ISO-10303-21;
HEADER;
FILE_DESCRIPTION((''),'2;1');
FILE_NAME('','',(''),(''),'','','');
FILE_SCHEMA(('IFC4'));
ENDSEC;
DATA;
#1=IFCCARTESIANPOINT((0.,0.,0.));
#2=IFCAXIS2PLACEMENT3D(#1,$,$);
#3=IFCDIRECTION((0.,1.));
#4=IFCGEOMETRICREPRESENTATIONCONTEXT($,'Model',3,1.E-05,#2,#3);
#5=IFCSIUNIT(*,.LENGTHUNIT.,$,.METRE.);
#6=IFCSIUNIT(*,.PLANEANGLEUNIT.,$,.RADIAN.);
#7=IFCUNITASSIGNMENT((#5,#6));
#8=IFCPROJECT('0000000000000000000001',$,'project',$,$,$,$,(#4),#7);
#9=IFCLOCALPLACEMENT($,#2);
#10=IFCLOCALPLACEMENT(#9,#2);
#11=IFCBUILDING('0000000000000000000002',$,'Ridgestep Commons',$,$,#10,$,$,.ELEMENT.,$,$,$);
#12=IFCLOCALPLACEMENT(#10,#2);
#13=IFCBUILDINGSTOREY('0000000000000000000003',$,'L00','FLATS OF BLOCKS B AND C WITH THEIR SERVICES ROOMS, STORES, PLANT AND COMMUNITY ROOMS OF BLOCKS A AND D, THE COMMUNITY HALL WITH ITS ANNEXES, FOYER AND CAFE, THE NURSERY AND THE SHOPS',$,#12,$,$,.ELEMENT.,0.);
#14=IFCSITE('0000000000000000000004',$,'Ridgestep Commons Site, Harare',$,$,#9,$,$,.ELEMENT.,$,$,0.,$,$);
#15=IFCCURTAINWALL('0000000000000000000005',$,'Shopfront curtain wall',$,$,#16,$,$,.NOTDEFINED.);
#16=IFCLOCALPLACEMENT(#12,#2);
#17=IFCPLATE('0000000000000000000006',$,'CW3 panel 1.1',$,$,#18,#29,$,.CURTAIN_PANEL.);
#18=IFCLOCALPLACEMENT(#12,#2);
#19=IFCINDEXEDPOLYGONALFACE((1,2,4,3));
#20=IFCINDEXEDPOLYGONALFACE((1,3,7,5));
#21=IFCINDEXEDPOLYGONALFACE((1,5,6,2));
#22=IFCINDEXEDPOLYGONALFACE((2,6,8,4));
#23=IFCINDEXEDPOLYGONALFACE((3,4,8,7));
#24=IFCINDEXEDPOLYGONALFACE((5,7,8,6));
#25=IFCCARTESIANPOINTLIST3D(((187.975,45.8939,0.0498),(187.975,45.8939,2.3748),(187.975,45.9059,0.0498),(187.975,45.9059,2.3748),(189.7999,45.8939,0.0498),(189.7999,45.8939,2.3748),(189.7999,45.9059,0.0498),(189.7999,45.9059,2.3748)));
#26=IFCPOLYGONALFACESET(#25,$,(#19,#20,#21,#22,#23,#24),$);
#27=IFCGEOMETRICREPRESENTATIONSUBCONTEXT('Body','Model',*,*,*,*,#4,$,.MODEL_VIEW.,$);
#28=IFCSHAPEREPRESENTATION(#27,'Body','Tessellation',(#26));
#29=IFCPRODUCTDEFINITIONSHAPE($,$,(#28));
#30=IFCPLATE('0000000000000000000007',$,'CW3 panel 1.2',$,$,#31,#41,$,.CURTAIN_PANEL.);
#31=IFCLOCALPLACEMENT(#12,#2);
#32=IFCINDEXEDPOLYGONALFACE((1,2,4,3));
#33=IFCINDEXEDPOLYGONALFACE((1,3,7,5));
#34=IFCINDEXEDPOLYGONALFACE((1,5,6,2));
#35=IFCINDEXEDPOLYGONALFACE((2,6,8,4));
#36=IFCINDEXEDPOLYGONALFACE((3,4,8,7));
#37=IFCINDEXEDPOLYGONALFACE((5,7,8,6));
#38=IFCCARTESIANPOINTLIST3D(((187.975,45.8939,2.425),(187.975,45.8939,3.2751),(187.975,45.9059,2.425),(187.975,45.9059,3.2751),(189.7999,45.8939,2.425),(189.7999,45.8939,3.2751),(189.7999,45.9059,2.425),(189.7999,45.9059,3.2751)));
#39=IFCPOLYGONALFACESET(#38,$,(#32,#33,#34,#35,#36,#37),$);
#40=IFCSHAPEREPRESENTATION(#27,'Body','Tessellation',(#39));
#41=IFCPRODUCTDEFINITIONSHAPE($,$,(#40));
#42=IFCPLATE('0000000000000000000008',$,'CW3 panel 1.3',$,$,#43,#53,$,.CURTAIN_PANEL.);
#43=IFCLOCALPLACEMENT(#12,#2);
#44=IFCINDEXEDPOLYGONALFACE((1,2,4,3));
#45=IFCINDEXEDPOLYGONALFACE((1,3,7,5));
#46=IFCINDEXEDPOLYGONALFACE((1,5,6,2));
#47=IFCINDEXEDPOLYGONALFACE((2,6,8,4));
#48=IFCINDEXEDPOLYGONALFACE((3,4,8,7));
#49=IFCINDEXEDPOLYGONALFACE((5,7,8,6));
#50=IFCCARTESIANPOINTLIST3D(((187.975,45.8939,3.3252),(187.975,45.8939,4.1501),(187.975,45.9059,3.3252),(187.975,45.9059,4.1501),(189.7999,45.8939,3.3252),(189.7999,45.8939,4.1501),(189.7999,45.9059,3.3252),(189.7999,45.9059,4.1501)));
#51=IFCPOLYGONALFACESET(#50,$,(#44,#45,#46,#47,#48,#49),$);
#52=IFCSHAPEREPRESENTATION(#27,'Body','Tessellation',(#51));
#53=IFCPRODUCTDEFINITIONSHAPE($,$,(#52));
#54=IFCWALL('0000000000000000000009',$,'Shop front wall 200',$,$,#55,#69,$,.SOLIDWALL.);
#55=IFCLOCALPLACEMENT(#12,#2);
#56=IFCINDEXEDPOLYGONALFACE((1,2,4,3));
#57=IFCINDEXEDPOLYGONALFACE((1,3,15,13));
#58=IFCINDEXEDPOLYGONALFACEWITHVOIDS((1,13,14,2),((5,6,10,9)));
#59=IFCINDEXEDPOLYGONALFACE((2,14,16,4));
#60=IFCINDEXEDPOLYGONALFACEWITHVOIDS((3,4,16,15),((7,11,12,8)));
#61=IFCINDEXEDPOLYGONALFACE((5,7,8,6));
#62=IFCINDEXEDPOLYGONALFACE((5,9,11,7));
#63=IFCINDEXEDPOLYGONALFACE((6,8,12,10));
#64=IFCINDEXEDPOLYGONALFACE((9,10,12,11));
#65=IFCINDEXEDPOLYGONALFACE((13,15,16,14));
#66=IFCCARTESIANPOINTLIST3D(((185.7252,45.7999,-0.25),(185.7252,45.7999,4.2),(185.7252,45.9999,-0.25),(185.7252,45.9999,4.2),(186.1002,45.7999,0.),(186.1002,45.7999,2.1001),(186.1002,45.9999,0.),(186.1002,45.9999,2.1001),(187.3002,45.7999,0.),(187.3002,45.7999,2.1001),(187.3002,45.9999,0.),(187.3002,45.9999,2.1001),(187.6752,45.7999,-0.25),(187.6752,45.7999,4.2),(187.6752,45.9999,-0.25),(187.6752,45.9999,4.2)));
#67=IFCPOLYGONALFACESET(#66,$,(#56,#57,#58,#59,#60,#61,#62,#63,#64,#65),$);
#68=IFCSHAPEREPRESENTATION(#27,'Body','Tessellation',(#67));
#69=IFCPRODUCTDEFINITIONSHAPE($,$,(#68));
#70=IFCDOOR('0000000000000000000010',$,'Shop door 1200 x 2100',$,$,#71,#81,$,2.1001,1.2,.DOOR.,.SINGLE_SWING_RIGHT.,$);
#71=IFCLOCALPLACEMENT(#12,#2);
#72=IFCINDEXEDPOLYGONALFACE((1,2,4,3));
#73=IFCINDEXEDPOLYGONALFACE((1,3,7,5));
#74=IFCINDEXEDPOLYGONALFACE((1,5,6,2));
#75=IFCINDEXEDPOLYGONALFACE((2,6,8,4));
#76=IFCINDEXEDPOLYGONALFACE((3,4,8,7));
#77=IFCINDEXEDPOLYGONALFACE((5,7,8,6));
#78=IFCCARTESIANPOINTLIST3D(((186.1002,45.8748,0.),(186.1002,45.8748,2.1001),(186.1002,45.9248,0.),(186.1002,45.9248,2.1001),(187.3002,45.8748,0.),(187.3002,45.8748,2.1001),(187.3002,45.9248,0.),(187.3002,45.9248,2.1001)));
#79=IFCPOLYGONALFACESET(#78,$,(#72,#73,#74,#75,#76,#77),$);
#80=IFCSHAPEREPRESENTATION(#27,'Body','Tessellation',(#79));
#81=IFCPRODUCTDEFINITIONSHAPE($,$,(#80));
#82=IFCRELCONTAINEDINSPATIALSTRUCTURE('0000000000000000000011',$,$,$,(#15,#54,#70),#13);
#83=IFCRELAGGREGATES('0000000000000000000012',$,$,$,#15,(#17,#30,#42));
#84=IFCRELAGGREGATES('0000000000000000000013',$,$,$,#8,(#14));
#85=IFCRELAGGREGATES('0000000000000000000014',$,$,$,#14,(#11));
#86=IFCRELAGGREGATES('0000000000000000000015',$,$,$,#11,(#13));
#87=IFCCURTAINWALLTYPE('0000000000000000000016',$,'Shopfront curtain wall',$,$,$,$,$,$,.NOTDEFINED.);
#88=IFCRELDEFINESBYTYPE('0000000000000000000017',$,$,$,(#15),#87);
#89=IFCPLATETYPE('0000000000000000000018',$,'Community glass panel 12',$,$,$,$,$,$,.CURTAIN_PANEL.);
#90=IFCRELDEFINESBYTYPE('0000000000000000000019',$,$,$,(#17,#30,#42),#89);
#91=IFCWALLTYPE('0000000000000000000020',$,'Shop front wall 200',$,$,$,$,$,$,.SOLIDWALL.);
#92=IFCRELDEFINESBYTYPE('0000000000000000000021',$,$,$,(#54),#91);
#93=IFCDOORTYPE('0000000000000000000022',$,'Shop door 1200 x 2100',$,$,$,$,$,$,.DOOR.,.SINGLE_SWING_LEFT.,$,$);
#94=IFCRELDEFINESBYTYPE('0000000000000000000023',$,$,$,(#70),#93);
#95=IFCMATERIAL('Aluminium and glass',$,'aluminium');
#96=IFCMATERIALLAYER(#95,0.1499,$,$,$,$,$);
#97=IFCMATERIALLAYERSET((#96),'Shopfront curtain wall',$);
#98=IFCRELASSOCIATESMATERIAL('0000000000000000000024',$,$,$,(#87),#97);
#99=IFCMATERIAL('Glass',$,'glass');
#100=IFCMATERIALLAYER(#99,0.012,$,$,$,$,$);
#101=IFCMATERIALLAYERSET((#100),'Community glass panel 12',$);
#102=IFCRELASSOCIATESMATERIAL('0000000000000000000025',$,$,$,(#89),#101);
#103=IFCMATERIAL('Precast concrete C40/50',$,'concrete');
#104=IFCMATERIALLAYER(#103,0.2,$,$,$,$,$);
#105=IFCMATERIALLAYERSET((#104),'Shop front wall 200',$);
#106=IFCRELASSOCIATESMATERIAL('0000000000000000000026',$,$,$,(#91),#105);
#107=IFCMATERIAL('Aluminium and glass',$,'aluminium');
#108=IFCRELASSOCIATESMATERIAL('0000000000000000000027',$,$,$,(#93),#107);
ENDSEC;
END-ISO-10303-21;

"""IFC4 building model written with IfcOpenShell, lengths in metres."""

from ifc_helpers import new_model, si_unit, direction, frame, frame_2d, origin, origin_2d, place, context, subcontext, project, spatial, rectangle, extrude, material, layer, layer_set, type_object, element, fill, aggregate, save


model = new_model("IFC4")

# Units and contexts
model_context = context("Model", 3, precision=1e-05, world=origin(), true_north=direction((0.0, 1.0)))
body_context = subcontext(model_context, "Body", "Model", "MODEL_VIEW")
ifc_project = project(units=[si_unit("LENGTHUNIT", "METRE"), si_unit("PLANEANGLEUNIT", "RADIAN")], contexts=[model_context])

# Site, building, storey
site_placement = place(None, origin())
site = spatial("IfcSite", under=ifc_project, at=site_placement, Name="Ridgestep Commons Site, Harare", CompositionType="ELEMENT", RefElevation=0.0)
building_placement = place(site_placement, origin())
building = spatial("IfcBuilding", under=site, at=building_placement, Name="Ridgestep Commons", CompositionType="ELEMENT")
storey_placement = place(building_placement, origin())
storey = spatial("IfcBuildingStorey", under=building, at=storey_placement, Name="L00", Description="FLATS OF BLOCKS B AND C WITH THEIR SERVICES ROOMS, STORES, PLANT AND COMMUNITY ROOMS OF BLOCKS A AND D, THE COMMUNITY HALL WITH ITS ANNEXES, FOYER AND CAFE, THE NURSERY AND THE SHOPS", CompositionType="ELEMENT", Elevation=0.0)

# Shared definitions
ifc_material_1 = material(Name="Aluminium and glass", Category="aluminium")
ifc_layer_1 = layer(ifc_material_1, 0.1499)
ifc_layer_set_1 = layer_set([ifc_layer_1], Name="Shopfront curtain wall")
curtain_wall_type = type_object("IfcCurtainWallType", Name="Shopfront curtain wall", PredefinedType="NOTDEFINED", material=ifc_layer_set_1)

# Curtain wall
curtain_wall_1_placement = place(storey_placement, origin())
curtain_wall_1 = element("IfcCurtainWall", 1, at=curtain_wall_1_placement, inside=storey, type_object=curtain_wall_type, Name="Shopfront curtain wall", PredefinedType="NOTDEFINED")

# Plates
ifc_material_2 = material(Name="Glass", Category="glass")
ifc_layer_2 = layer(ifc_material_2, 0.012)
ifc_layer_set_2 = layer_set([ifc_layer_2], Name="Community glass panel 12")
plate_type = type_object("IfcPlateType", Name="Community glass panel 12", PredefinedType="CURTAIN_PANEL", material=ifc_layer_set_2)
plate_1_placement = place(storey_placement, frame((188.8875, 45.8999, 0.0498), z_axis=(0.0, 0.0, 1.0), x_axis=(1.0, 0.0, 0.0)))
plate_1 = element("IfcPlate", 2, at=plate_1_placement, type_object=plate_type, Name="CW3 panel 1.1", PredefinedType="CURTAIN_PANEL", context=body_context, shape_type="SweptSolid", body=[
    extrude(rectangle(XDim=1.825, YDim=0.012, at=origin_2d()), origin(), (0.0, 0.0, 1.0), 2.325),
])
plate_2_placement = place(storey_placement, frame((188.8875, 45.8999, 2.425), z_axis=(0.0, 0.0, 1.0), x_axis=(1.0, 0.0, 0.0)))
plate_2 = element("IfcPlate", 3, at=plate_2_placement, type_object=plate_type, Name="CW3 panel 1.2", PredefinedType="CURTAIN_PANEL", context=body_context, shape_type="SweptSolid", body=[
    extrude(rectangle(XDim=1.825, YDim=0.012, at=origin_2d()), origin(), (0.0, 0.0, 1.0), 0.8501),
])
plate_3_placement = place(storey_placement, frame((188.8875, 45.8999, 3.3252), z_axis=(0.0, 0.0, 1.0), x_axis=(1.0, 0.0, 0.0)))
plate_3 = element("IfcPlate", 4, at=plate_3_placement, type_object=plate_type, Name="CW3 panel 1.3", PredefinedType="CURTAIN_PANEL", context=body_context, shape_type="SweptSolid", body=[
    extrude(rectangle(XDim=1.825, YDim=0.012, at=origin_2d()), origin(), (0.0, 0.0, 1.0), 0.825),
])
aggregate(curtain_wall_1, [plate_1, plate_2, plate_3])

# Wall, opening, door
ifc_material_3 = material(Name="Precast concrete C40/50", Category="concrete")
ifc_layer_3 = layer(ifc_material_3, 0.2)
ifc_layer_set_3 = layer_set([ifc_layer_3], Name="Shop front wall 200")
wall_type = type_object("IfcWallType", Name="Shop front wall 200", PredefinedType="SOLIDWALL", material=ifc_layer_set_3)
wall_placement = place(storey_placement, frame((185.7251, 45.8999, -0.25), z_axis=(0.0, 0.0, 1.0), x_axis=(1.0, 0.0, 0.0)))
wall = element("IfcWall", 5, at=wall_placement, inside=storey, type_object=wall_type, Name="Shop front wall 200", PredefinedType="SOLIDWALL", context=body_context, shape_type="SweptSolid", body=[
    extrude(rectangle(XDim=1.95, YDim=0.2, at=frame_2d((0.9751, 0.0))), origin(), (0.0, 0.0, 1.0), 4.45),
])
opening_placement = place(wall_placement, frame((0.375, 0.0, 0.25)))
opening = element("IfcOpeningElement", 6, at=opening_placement, cuts=wall, PredefinedType="OPENING", context=body_context, shape_type="SweptSolid", body=[
    extrude(rectangle(XDim=1.2, YDim=2.1001, at=frame_2d((0.6001, 1.05))), frame((0.0, 0.1099, 0.0), z_axis=(0.0, -1.0, 0.0), x_axis=(1.0, 0.0, 0.0)), (0.0, 0.0, 1.0), 0.22),
])
ifc_material_4 = material(Name="Aluminium and glass", Category="aluminium")
door_type = type_object("IfcDoorType", Name="Shop door 1200 x 2100", OperationType="SINGLE_SWING_LEFT", PredefinedType="DOOR", material=ifc_material_4)
door_placement = place(opening_placement, origin())
door = element("IfcDoor", 7, at=door_placement, inside=storey, type_object=door_type, Name="Shop door 1200 x 2100", OperationType="SINGLE_SWING_RIGHT", OverallHeight=2.1001, OverallWidth=1.2, PredefinedType="DOOR", context=body_context, shape_type="SweptSolid", body=[
    extrude(rectangle(XDim=1.2, YDim=2.1001, at=frame_2d((0.6001, 1.05))), frame((0.0, 0.0249, 0.0), z_axis=(0.0, -1.0, 0.0), x_axis=(1.0, 0.0, 0.0)), (0.0, 0.0, 1.0), 0.05),
])
fill(opening, door)

save(model, "model.ifc")
